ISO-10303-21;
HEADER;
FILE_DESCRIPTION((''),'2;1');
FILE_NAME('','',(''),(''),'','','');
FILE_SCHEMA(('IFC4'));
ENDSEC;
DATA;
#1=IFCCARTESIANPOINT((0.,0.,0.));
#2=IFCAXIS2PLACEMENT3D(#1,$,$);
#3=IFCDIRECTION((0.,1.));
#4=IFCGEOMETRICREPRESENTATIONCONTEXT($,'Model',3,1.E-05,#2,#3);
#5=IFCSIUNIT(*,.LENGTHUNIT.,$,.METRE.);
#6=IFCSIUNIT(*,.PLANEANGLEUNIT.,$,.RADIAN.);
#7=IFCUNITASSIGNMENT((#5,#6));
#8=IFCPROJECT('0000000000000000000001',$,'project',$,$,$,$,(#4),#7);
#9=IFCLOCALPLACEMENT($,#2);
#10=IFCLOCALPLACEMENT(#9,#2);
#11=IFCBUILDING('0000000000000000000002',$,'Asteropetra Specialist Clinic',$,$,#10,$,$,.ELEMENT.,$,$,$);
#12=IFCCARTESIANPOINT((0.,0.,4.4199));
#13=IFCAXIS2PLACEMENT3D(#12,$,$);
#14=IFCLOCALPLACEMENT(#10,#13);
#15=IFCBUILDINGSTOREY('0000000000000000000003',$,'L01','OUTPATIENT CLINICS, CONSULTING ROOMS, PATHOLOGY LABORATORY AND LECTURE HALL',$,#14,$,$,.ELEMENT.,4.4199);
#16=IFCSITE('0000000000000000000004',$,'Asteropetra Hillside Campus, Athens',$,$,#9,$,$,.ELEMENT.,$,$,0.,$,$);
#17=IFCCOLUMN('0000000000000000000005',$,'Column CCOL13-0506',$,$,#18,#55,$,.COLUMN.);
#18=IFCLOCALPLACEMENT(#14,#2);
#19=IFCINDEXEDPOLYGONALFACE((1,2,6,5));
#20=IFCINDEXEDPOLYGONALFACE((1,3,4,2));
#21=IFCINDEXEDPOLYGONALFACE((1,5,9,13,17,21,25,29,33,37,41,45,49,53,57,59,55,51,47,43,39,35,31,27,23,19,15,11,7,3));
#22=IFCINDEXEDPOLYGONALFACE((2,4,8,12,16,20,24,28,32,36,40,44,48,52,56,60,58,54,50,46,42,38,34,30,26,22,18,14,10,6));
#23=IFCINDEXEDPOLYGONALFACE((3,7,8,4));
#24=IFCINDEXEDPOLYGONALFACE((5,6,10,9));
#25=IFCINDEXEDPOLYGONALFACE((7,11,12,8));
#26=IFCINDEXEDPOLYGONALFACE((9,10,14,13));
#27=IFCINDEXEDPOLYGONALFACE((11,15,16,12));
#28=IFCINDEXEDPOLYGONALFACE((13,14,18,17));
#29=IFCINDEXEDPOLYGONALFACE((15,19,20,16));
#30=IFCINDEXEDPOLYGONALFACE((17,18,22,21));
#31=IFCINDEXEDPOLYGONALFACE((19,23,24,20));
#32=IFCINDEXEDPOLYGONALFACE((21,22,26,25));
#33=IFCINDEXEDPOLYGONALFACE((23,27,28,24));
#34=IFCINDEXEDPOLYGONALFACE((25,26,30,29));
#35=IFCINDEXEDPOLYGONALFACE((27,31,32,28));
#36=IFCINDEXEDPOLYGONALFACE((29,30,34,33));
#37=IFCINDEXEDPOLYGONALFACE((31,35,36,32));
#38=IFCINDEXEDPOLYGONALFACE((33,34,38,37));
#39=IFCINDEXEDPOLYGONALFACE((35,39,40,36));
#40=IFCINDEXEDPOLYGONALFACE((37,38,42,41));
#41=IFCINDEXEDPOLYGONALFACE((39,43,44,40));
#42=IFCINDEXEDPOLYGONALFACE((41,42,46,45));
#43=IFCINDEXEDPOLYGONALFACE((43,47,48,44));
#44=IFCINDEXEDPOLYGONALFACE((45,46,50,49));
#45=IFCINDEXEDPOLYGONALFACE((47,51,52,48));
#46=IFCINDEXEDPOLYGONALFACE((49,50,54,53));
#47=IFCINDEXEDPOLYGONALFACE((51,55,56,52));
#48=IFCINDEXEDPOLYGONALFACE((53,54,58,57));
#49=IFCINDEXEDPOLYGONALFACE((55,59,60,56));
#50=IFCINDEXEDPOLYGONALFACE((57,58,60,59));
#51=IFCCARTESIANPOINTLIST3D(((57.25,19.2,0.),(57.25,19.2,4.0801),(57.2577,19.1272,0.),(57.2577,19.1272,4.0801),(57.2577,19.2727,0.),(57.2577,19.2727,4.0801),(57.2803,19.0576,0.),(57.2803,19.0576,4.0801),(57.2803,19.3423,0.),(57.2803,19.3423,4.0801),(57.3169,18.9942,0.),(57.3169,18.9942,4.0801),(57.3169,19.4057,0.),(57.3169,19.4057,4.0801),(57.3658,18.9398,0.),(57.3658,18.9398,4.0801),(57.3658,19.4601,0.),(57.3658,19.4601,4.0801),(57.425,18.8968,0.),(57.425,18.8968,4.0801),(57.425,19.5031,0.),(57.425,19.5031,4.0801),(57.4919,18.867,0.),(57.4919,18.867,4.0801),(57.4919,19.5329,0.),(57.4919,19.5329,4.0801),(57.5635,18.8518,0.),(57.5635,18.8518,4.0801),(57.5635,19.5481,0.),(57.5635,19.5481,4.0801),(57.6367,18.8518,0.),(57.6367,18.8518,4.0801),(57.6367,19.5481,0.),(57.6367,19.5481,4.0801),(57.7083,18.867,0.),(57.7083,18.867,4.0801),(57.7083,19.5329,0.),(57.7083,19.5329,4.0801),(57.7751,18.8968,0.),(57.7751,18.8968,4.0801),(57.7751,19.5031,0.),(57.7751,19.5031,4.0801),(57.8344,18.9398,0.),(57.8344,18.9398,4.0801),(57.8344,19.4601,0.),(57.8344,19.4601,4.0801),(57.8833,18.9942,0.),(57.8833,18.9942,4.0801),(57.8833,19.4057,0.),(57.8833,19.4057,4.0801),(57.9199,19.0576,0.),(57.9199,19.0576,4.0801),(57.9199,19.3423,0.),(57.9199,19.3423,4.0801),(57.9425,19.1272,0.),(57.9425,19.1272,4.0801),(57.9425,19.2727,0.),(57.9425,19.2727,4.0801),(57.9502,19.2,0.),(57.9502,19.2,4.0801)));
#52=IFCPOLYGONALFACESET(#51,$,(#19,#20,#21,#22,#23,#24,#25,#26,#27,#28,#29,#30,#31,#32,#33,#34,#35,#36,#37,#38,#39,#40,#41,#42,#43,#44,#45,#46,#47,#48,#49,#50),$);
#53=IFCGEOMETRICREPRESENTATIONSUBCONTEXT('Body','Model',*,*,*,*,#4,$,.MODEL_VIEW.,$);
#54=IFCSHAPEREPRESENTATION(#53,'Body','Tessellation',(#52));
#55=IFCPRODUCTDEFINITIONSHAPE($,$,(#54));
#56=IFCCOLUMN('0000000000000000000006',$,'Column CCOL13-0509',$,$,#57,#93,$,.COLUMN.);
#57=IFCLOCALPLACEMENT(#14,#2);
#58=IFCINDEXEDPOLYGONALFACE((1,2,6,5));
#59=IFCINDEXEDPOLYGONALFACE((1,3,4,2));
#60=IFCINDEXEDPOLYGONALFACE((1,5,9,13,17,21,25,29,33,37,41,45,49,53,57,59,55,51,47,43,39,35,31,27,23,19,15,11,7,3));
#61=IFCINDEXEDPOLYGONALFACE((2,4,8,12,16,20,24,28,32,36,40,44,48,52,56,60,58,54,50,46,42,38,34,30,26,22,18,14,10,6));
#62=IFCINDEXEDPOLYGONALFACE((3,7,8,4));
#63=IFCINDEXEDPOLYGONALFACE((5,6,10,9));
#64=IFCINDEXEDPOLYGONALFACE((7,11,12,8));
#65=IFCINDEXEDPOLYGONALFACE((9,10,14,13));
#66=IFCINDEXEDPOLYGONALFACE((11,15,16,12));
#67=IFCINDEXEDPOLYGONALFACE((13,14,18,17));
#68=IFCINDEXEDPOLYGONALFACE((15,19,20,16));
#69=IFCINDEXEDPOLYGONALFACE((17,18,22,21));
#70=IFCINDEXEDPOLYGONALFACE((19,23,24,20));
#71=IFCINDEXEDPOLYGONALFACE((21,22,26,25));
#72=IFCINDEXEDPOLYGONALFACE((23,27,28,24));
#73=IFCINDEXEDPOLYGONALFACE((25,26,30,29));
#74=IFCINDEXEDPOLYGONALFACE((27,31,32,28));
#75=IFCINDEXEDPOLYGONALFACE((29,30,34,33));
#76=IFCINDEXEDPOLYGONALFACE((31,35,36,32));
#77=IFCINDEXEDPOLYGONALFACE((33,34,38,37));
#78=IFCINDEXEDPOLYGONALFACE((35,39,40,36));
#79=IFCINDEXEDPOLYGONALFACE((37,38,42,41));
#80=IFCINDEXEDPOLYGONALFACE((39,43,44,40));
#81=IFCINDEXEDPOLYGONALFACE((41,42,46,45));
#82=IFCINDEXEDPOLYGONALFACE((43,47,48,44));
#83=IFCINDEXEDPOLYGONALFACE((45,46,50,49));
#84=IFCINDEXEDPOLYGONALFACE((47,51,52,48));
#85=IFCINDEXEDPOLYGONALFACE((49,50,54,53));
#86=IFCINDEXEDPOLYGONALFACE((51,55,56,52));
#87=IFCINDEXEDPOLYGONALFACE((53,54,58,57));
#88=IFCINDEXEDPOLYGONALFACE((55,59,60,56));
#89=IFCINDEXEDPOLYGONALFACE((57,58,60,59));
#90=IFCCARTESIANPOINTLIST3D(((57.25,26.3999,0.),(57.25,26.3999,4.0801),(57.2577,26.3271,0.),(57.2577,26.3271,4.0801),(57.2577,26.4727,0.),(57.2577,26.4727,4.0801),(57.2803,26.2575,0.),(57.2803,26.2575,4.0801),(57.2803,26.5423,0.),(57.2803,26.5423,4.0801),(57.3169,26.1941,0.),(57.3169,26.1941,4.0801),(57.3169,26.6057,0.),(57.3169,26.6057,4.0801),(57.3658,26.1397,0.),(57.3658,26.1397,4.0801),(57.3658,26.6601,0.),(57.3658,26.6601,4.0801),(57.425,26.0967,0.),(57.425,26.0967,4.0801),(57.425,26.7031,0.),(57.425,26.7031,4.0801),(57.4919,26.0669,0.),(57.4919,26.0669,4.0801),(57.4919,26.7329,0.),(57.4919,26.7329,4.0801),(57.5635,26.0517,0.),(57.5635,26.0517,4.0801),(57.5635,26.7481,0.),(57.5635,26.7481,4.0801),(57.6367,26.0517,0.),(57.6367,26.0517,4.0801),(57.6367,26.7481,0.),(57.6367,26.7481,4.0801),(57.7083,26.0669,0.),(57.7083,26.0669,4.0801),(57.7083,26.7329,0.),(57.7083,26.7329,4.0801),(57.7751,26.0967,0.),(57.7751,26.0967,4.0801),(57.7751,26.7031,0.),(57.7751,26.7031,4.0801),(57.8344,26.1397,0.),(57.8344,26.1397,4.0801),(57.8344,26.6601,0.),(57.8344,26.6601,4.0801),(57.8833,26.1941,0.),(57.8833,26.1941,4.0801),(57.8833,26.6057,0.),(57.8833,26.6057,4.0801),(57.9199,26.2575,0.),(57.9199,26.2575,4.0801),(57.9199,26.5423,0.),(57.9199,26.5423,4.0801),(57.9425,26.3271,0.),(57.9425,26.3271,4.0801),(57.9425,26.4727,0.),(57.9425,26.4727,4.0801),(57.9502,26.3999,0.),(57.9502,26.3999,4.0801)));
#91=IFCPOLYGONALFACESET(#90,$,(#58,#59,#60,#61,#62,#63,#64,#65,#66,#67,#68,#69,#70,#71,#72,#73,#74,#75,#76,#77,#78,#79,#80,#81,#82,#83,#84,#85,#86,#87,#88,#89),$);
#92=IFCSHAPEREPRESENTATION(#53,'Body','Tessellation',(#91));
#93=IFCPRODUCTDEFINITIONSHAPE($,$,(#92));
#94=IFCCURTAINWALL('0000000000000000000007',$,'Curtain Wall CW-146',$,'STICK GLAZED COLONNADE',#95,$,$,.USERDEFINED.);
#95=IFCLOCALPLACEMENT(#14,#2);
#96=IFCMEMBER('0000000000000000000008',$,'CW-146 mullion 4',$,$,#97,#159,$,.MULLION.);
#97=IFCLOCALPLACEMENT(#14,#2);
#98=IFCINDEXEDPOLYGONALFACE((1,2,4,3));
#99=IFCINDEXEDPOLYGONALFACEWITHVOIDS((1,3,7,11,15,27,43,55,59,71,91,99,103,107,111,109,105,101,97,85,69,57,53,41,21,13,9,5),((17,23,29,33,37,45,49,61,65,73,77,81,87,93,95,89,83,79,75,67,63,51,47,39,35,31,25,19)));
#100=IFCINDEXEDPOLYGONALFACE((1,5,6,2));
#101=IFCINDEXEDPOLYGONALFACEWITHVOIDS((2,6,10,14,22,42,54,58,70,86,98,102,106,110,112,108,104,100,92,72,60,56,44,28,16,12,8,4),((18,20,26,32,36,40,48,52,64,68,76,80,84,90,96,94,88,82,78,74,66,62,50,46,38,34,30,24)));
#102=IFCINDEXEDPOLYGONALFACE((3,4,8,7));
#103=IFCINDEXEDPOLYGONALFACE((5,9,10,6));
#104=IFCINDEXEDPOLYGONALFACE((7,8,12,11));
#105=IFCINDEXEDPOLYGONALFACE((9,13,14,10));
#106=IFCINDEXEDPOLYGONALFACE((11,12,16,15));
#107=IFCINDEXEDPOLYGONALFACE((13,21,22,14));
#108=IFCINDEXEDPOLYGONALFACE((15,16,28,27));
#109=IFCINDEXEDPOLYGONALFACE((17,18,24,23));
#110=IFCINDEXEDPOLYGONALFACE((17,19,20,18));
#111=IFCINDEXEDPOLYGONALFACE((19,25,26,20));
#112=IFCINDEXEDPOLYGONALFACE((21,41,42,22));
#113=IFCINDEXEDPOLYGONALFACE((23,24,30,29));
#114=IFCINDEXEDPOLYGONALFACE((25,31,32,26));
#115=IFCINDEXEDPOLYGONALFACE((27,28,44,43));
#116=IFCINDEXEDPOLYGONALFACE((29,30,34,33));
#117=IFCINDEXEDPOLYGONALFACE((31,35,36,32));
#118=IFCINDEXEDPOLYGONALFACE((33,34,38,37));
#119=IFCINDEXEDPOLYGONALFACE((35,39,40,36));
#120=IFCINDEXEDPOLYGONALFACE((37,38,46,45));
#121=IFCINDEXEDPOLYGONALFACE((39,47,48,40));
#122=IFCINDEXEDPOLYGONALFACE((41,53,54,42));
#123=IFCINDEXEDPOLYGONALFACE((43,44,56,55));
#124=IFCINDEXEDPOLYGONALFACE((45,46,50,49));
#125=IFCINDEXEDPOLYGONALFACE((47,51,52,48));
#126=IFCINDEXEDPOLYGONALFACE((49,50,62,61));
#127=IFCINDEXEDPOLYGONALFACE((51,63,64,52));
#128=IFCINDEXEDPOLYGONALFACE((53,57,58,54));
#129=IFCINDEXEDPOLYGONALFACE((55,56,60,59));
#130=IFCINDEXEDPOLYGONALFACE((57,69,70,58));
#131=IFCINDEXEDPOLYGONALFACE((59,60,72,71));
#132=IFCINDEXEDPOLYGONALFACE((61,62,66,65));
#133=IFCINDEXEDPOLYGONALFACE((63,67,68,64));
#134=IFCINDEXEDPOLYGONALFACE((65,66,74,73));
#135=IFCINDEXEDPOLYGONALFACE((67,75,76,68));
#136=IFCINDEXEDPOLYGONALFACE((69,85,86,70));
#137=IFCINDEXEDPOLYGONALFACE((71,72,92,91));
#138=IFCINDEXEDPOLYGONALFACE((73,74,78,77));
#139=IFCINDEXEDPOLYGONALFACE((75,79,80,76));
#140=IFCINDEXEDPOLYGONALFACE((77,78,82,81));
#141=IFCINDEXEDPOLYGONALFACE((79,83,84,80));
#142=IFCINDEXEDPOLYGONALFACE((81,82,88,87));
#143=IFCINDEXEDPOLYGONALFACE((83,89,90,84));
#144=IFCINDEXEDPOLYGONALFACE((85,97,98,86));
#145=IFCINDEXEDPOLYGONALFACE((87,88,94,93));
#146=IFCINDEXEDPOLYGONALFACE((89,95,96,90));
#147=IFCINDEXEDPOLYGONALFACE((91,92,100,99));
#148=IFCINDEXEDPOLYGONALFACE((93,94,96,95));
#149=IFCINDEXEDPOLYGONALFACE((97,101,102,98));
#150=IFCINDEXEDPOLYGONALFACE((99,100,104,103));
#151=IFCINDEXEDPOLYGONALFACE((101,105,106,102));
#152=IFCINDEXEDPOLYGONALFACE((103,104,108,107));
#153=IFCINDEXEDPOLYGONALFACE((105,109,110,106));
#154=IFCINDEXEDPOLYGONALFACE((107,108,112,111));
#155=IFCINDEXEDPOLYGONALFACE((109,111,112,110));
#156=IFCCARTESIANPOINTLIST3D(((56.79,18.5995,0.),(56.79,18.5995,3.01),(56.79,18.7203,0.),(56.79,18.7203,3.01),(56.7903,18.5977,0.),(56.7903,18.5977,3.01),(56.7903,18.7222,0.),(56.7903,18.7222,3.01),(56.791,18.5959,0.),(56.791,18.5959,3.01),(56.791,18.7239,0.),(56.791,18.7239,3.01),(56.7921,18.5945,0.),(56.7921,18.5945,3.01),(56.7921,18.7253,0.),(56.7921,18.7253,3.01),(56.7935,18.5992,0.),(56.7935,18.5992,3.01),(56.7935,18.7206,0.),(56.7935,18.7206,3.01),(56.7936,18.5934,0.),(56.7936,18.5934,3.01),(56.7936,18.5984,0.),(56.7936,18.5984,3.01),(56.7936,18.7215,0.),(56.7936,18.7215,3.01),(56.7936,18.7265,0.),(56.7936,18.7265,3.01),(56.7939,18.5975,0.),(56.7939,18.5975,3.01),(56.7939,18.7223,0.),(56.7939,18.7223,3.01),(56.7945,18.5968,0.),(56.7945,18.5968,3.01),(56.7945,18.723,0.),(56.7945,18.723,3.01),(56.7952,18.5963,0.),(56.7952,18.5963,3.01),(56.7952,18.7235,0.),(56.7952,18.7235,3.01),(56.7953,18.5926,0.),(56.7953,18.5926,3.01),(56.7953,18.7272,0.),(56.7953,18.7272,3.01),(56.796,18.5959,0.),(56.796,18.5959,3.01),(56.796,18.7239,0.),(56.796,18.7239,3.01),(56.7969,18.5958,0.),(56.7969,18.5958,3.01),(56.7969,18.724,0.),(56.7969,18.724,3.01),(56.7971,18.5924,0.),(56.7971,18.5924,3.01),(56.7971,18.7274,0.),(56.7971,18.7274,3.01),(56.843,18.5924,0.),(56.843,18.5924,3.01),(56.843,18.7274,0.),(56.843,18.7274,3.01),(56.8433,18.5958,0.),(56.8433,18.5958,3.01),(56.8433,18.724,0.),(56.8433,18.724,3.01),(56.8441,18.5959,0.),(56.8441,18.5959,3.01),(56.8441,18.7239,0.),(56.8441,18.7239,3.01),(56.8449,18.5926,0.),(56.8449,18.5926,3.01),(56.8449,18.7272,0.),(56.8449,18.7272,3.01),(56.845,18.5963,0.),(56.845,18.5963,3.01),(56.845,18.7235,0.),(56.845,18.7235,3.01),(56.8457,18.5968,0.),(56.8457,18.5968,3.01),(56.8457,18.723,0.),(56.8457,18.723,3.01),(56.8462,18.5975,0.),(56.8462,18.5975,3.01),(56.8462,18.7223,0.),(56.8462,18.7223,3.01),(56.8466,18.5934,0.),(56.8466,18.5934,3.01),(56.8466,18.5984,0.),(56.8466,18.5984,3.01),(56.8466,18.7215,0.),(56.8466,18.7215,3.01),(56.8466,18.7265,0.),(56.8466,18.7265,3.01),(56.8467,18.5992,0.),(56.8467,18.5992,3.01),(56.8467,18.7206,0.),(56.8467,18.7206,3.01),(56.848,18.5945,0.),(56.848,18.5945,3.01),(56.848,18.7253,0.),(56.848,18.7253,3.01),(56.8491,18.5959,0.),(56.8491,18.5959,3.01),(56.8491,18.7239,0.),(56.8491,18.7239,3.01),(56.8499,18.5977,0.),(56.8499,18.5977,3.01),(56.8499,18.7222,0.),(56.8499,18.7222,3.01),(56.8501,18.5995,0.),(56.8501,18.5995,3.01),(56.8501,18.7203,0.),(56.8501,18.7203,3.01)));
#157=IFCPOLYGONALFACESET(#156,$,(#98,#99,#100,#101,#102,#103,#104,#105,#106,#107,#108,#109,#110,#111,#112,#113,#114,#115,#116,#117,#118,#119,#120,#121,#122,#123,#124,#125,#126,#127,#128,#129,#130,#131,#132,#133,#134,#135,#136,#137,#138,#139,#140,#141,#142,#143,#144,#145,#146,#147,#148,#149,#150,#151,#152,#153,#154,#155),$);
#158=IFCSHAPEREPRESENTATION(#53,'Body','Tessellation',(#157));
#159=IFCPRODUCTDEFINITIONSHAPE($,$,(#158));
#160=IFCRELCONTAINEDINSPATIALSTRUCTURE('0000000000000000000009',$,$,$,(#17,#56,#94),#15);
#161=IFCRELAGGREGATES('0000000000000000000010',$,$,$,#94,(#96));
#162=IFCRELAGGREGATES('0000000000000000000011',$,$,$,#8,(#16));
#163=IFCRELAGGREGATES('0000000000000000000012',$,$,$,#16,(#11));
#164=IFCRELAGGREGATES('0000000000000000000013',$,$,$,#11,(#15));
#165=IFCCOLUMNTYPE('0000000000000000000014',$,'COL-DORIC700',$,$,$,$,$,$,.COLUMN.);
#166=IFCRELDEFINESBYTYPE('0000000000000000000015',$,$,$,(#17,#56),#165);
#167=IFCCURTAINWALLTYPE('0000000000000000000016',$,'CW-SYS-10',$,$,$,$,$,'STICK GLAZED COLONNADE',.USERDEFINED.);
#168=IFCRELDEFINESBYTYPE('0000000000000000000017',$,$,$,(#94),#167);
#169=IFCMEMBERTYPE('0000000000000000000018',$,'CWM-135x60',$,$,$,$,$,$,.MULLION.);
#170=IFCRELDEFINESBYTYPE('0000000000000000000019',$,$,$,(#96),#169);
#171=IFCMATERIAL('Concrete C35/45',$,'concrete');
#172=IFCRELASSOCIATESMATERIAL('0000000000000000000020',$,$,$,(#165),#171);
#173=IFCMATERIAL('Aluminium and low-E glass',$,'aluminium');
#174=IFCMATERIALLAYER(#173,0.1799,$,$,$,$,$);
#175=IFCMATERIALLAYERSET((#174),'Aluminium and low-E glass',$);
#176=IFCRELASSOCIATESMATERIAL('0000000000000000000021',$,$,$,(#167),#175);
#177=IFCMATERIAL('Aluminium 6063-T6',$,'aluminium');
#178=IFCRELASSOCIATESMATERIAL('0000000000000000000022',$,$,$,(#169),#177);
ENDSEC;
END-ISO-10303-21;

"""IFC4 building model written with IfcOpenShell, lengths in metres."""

from ifc_helpers import new_model, si_unit, direction, frame, origin, origin_2d, place, context, subcontext, project, spatial, hollow_rectangle, circle, extrude, material, layer, layer_set, material_profile, profile_set, type_object, element, aggregate, save


model = new_model("IFC4")

# Units and contexts
model_context = context("Model", 3, precision=1e-05, world=origin(), true_north=direction((0.0, 1.0)))
body_context = subcontext(model_context, "Body", "Model", "MODEL_VIEW")
ifc_project = project(units=[si_unit("LENGTHUNIT", "METRE"), si_unit("PLANEANGLEUNIT", "RADIAN")], contexts=[model_context])

# Site, building, storey
site_placement = place(None, origin())
site = spatial("IfcSite", under=ifc_project, at=site_placement, Name="Asteropetra Hillside Campus, Athens", CompositionType="ELEMENT", RefElevation=0.0)
building_placement = place(site_placement, origin())
building = spatial("IfcBuilding", under=site, at=building_placement, Name="Asteropetra Specialist Clinic", CompositionType="ELEMENT")
storey_placement = place(building_placement, frame((0.0, 0.0, 4.4199)))
storey = spatial("IfcBuildingStorey", under=building, at=storey_placement, Name="L01", Description="OUTPATIENT CLINICS, CONSULTING ROOMS, PATHOLOGY LABORATORY AND LECTURE HALL", CompositionType="ELEMENT", Elevation=4.4199)

# Columns
ifc_material_1 = material(Name="Concrete C35/45", Category="concrete")
ifc_material_profile_1 = material_profile(ifc_material_1, circle(Radius=0.3501, at=origin_2d()), Name="RCC D700")
ifc_profile_set_1 = profile_set([ifc_material_profile_1], Name="Concrete C35/45")
column_type = type_object("IfcColumnType", Name="COL-DORIC700", PredefinedType="COLUMN", material=ifc_profile_set_1)
for number, where, z_axis, x_axis, name in (
    (1, (57.6001, 19.2, 0.0), (0.0, 0.0, 1.0), (1.0, 0.0, 0.0), "Column CCOL13-0506"),
    (2, (57.6001, 26.3999, 0.0), (0.0, 0.0, 1.0), (1.0, 0.0, 0.0), "Column CCOL13-0509"),
):
    element("IfcColumn", number, at=place(storey_placement, frame(where, z_axis=z_axis, x_axis=x_axis)), inside=storey, type_object=column_type, Name=name, PredefinedType="COLUMN", context=body_context, shape_type="SweptSolid", body=[
        extrude(circle(Radius=0.3501, at=origin_2d()), origin(), (0.0, 0.0, 1.0), 4.0801),
    ])

# Curtain wall, member
ifc_material_2 = material(Name="Aluminium and low-E glass", Category="aluminium")
ifc_layer_1 = layer(ifc_material_2, 0.1799)
ifc_layer_set_1 = layer_set([ifc_layer_1], Name="Aluminium and low-E glass")
curtain_wall_type = type_object("IfcCurtainWallType", Name="CW-SYS-10", ElementType="STICK GLAZED COLONNADE", PredefinedType="USERDEFINED", material=ifc_layer_set_1)
curtain_wall_placement = place(storey_placement, origin())
curtain_wall = element("IfcCurtainWall", 3, at=curtain_wall_placement, inside=storey, type_object=curtain_wall_type, Name="Curtain Wall CW-146", ObjectType="STICK GLAZED COLONNADE", PredefinedType="USERDEFINED")
ifc_material_3 = material(Name="Aluminium 6063-T6", Category="aluminium")
ifc_material_profile_2 = material_profile(ifc_material_3, hollow_rectangle(XDim=0.0601, YDim=0.135, WallThickness=0.0034, InnerFilletRadius=0.0034, OuterFilletRadius=0.0071, at=origin_2d()), Name="MUL 135x60x3.5")
ifc_profile_set_2 = profile_set([ifc_material_profile_2], Name="Aluminium 6063-T6")
member_type_1 = type_object("IfcMemberType", Name="CWM-135x60", PredefinedType="MULLION", material=ifc_profile_set_2)
member_1_placement = place(storey_placement, frame((56.8201, 18.6599, 0.0), z_axis=(0.0, 0.0, 1.0), x_axis=(-1.0, 0.0, 0.0)))
member_1 = element("IfcMember", 4, at=member_1_placement, type_object=member_type_1, Name="CW-146 mullion 4", PredefinedType="MULLION", context=body_context, shape_type="SweptSolid", body=[
    extrude(hollow_rectangle(XDim=0.0601, YDim=0.135, WallThickness=0.0034, InnerFilletRadius=0.0034, OuterFilletRadius=0.0071, at=origin_2d()), origin(), (0.0, 0.0, 1.0), 3.01),
])

aggregate(curtain_wall, [member_1])

save(model, "model.ifc")
